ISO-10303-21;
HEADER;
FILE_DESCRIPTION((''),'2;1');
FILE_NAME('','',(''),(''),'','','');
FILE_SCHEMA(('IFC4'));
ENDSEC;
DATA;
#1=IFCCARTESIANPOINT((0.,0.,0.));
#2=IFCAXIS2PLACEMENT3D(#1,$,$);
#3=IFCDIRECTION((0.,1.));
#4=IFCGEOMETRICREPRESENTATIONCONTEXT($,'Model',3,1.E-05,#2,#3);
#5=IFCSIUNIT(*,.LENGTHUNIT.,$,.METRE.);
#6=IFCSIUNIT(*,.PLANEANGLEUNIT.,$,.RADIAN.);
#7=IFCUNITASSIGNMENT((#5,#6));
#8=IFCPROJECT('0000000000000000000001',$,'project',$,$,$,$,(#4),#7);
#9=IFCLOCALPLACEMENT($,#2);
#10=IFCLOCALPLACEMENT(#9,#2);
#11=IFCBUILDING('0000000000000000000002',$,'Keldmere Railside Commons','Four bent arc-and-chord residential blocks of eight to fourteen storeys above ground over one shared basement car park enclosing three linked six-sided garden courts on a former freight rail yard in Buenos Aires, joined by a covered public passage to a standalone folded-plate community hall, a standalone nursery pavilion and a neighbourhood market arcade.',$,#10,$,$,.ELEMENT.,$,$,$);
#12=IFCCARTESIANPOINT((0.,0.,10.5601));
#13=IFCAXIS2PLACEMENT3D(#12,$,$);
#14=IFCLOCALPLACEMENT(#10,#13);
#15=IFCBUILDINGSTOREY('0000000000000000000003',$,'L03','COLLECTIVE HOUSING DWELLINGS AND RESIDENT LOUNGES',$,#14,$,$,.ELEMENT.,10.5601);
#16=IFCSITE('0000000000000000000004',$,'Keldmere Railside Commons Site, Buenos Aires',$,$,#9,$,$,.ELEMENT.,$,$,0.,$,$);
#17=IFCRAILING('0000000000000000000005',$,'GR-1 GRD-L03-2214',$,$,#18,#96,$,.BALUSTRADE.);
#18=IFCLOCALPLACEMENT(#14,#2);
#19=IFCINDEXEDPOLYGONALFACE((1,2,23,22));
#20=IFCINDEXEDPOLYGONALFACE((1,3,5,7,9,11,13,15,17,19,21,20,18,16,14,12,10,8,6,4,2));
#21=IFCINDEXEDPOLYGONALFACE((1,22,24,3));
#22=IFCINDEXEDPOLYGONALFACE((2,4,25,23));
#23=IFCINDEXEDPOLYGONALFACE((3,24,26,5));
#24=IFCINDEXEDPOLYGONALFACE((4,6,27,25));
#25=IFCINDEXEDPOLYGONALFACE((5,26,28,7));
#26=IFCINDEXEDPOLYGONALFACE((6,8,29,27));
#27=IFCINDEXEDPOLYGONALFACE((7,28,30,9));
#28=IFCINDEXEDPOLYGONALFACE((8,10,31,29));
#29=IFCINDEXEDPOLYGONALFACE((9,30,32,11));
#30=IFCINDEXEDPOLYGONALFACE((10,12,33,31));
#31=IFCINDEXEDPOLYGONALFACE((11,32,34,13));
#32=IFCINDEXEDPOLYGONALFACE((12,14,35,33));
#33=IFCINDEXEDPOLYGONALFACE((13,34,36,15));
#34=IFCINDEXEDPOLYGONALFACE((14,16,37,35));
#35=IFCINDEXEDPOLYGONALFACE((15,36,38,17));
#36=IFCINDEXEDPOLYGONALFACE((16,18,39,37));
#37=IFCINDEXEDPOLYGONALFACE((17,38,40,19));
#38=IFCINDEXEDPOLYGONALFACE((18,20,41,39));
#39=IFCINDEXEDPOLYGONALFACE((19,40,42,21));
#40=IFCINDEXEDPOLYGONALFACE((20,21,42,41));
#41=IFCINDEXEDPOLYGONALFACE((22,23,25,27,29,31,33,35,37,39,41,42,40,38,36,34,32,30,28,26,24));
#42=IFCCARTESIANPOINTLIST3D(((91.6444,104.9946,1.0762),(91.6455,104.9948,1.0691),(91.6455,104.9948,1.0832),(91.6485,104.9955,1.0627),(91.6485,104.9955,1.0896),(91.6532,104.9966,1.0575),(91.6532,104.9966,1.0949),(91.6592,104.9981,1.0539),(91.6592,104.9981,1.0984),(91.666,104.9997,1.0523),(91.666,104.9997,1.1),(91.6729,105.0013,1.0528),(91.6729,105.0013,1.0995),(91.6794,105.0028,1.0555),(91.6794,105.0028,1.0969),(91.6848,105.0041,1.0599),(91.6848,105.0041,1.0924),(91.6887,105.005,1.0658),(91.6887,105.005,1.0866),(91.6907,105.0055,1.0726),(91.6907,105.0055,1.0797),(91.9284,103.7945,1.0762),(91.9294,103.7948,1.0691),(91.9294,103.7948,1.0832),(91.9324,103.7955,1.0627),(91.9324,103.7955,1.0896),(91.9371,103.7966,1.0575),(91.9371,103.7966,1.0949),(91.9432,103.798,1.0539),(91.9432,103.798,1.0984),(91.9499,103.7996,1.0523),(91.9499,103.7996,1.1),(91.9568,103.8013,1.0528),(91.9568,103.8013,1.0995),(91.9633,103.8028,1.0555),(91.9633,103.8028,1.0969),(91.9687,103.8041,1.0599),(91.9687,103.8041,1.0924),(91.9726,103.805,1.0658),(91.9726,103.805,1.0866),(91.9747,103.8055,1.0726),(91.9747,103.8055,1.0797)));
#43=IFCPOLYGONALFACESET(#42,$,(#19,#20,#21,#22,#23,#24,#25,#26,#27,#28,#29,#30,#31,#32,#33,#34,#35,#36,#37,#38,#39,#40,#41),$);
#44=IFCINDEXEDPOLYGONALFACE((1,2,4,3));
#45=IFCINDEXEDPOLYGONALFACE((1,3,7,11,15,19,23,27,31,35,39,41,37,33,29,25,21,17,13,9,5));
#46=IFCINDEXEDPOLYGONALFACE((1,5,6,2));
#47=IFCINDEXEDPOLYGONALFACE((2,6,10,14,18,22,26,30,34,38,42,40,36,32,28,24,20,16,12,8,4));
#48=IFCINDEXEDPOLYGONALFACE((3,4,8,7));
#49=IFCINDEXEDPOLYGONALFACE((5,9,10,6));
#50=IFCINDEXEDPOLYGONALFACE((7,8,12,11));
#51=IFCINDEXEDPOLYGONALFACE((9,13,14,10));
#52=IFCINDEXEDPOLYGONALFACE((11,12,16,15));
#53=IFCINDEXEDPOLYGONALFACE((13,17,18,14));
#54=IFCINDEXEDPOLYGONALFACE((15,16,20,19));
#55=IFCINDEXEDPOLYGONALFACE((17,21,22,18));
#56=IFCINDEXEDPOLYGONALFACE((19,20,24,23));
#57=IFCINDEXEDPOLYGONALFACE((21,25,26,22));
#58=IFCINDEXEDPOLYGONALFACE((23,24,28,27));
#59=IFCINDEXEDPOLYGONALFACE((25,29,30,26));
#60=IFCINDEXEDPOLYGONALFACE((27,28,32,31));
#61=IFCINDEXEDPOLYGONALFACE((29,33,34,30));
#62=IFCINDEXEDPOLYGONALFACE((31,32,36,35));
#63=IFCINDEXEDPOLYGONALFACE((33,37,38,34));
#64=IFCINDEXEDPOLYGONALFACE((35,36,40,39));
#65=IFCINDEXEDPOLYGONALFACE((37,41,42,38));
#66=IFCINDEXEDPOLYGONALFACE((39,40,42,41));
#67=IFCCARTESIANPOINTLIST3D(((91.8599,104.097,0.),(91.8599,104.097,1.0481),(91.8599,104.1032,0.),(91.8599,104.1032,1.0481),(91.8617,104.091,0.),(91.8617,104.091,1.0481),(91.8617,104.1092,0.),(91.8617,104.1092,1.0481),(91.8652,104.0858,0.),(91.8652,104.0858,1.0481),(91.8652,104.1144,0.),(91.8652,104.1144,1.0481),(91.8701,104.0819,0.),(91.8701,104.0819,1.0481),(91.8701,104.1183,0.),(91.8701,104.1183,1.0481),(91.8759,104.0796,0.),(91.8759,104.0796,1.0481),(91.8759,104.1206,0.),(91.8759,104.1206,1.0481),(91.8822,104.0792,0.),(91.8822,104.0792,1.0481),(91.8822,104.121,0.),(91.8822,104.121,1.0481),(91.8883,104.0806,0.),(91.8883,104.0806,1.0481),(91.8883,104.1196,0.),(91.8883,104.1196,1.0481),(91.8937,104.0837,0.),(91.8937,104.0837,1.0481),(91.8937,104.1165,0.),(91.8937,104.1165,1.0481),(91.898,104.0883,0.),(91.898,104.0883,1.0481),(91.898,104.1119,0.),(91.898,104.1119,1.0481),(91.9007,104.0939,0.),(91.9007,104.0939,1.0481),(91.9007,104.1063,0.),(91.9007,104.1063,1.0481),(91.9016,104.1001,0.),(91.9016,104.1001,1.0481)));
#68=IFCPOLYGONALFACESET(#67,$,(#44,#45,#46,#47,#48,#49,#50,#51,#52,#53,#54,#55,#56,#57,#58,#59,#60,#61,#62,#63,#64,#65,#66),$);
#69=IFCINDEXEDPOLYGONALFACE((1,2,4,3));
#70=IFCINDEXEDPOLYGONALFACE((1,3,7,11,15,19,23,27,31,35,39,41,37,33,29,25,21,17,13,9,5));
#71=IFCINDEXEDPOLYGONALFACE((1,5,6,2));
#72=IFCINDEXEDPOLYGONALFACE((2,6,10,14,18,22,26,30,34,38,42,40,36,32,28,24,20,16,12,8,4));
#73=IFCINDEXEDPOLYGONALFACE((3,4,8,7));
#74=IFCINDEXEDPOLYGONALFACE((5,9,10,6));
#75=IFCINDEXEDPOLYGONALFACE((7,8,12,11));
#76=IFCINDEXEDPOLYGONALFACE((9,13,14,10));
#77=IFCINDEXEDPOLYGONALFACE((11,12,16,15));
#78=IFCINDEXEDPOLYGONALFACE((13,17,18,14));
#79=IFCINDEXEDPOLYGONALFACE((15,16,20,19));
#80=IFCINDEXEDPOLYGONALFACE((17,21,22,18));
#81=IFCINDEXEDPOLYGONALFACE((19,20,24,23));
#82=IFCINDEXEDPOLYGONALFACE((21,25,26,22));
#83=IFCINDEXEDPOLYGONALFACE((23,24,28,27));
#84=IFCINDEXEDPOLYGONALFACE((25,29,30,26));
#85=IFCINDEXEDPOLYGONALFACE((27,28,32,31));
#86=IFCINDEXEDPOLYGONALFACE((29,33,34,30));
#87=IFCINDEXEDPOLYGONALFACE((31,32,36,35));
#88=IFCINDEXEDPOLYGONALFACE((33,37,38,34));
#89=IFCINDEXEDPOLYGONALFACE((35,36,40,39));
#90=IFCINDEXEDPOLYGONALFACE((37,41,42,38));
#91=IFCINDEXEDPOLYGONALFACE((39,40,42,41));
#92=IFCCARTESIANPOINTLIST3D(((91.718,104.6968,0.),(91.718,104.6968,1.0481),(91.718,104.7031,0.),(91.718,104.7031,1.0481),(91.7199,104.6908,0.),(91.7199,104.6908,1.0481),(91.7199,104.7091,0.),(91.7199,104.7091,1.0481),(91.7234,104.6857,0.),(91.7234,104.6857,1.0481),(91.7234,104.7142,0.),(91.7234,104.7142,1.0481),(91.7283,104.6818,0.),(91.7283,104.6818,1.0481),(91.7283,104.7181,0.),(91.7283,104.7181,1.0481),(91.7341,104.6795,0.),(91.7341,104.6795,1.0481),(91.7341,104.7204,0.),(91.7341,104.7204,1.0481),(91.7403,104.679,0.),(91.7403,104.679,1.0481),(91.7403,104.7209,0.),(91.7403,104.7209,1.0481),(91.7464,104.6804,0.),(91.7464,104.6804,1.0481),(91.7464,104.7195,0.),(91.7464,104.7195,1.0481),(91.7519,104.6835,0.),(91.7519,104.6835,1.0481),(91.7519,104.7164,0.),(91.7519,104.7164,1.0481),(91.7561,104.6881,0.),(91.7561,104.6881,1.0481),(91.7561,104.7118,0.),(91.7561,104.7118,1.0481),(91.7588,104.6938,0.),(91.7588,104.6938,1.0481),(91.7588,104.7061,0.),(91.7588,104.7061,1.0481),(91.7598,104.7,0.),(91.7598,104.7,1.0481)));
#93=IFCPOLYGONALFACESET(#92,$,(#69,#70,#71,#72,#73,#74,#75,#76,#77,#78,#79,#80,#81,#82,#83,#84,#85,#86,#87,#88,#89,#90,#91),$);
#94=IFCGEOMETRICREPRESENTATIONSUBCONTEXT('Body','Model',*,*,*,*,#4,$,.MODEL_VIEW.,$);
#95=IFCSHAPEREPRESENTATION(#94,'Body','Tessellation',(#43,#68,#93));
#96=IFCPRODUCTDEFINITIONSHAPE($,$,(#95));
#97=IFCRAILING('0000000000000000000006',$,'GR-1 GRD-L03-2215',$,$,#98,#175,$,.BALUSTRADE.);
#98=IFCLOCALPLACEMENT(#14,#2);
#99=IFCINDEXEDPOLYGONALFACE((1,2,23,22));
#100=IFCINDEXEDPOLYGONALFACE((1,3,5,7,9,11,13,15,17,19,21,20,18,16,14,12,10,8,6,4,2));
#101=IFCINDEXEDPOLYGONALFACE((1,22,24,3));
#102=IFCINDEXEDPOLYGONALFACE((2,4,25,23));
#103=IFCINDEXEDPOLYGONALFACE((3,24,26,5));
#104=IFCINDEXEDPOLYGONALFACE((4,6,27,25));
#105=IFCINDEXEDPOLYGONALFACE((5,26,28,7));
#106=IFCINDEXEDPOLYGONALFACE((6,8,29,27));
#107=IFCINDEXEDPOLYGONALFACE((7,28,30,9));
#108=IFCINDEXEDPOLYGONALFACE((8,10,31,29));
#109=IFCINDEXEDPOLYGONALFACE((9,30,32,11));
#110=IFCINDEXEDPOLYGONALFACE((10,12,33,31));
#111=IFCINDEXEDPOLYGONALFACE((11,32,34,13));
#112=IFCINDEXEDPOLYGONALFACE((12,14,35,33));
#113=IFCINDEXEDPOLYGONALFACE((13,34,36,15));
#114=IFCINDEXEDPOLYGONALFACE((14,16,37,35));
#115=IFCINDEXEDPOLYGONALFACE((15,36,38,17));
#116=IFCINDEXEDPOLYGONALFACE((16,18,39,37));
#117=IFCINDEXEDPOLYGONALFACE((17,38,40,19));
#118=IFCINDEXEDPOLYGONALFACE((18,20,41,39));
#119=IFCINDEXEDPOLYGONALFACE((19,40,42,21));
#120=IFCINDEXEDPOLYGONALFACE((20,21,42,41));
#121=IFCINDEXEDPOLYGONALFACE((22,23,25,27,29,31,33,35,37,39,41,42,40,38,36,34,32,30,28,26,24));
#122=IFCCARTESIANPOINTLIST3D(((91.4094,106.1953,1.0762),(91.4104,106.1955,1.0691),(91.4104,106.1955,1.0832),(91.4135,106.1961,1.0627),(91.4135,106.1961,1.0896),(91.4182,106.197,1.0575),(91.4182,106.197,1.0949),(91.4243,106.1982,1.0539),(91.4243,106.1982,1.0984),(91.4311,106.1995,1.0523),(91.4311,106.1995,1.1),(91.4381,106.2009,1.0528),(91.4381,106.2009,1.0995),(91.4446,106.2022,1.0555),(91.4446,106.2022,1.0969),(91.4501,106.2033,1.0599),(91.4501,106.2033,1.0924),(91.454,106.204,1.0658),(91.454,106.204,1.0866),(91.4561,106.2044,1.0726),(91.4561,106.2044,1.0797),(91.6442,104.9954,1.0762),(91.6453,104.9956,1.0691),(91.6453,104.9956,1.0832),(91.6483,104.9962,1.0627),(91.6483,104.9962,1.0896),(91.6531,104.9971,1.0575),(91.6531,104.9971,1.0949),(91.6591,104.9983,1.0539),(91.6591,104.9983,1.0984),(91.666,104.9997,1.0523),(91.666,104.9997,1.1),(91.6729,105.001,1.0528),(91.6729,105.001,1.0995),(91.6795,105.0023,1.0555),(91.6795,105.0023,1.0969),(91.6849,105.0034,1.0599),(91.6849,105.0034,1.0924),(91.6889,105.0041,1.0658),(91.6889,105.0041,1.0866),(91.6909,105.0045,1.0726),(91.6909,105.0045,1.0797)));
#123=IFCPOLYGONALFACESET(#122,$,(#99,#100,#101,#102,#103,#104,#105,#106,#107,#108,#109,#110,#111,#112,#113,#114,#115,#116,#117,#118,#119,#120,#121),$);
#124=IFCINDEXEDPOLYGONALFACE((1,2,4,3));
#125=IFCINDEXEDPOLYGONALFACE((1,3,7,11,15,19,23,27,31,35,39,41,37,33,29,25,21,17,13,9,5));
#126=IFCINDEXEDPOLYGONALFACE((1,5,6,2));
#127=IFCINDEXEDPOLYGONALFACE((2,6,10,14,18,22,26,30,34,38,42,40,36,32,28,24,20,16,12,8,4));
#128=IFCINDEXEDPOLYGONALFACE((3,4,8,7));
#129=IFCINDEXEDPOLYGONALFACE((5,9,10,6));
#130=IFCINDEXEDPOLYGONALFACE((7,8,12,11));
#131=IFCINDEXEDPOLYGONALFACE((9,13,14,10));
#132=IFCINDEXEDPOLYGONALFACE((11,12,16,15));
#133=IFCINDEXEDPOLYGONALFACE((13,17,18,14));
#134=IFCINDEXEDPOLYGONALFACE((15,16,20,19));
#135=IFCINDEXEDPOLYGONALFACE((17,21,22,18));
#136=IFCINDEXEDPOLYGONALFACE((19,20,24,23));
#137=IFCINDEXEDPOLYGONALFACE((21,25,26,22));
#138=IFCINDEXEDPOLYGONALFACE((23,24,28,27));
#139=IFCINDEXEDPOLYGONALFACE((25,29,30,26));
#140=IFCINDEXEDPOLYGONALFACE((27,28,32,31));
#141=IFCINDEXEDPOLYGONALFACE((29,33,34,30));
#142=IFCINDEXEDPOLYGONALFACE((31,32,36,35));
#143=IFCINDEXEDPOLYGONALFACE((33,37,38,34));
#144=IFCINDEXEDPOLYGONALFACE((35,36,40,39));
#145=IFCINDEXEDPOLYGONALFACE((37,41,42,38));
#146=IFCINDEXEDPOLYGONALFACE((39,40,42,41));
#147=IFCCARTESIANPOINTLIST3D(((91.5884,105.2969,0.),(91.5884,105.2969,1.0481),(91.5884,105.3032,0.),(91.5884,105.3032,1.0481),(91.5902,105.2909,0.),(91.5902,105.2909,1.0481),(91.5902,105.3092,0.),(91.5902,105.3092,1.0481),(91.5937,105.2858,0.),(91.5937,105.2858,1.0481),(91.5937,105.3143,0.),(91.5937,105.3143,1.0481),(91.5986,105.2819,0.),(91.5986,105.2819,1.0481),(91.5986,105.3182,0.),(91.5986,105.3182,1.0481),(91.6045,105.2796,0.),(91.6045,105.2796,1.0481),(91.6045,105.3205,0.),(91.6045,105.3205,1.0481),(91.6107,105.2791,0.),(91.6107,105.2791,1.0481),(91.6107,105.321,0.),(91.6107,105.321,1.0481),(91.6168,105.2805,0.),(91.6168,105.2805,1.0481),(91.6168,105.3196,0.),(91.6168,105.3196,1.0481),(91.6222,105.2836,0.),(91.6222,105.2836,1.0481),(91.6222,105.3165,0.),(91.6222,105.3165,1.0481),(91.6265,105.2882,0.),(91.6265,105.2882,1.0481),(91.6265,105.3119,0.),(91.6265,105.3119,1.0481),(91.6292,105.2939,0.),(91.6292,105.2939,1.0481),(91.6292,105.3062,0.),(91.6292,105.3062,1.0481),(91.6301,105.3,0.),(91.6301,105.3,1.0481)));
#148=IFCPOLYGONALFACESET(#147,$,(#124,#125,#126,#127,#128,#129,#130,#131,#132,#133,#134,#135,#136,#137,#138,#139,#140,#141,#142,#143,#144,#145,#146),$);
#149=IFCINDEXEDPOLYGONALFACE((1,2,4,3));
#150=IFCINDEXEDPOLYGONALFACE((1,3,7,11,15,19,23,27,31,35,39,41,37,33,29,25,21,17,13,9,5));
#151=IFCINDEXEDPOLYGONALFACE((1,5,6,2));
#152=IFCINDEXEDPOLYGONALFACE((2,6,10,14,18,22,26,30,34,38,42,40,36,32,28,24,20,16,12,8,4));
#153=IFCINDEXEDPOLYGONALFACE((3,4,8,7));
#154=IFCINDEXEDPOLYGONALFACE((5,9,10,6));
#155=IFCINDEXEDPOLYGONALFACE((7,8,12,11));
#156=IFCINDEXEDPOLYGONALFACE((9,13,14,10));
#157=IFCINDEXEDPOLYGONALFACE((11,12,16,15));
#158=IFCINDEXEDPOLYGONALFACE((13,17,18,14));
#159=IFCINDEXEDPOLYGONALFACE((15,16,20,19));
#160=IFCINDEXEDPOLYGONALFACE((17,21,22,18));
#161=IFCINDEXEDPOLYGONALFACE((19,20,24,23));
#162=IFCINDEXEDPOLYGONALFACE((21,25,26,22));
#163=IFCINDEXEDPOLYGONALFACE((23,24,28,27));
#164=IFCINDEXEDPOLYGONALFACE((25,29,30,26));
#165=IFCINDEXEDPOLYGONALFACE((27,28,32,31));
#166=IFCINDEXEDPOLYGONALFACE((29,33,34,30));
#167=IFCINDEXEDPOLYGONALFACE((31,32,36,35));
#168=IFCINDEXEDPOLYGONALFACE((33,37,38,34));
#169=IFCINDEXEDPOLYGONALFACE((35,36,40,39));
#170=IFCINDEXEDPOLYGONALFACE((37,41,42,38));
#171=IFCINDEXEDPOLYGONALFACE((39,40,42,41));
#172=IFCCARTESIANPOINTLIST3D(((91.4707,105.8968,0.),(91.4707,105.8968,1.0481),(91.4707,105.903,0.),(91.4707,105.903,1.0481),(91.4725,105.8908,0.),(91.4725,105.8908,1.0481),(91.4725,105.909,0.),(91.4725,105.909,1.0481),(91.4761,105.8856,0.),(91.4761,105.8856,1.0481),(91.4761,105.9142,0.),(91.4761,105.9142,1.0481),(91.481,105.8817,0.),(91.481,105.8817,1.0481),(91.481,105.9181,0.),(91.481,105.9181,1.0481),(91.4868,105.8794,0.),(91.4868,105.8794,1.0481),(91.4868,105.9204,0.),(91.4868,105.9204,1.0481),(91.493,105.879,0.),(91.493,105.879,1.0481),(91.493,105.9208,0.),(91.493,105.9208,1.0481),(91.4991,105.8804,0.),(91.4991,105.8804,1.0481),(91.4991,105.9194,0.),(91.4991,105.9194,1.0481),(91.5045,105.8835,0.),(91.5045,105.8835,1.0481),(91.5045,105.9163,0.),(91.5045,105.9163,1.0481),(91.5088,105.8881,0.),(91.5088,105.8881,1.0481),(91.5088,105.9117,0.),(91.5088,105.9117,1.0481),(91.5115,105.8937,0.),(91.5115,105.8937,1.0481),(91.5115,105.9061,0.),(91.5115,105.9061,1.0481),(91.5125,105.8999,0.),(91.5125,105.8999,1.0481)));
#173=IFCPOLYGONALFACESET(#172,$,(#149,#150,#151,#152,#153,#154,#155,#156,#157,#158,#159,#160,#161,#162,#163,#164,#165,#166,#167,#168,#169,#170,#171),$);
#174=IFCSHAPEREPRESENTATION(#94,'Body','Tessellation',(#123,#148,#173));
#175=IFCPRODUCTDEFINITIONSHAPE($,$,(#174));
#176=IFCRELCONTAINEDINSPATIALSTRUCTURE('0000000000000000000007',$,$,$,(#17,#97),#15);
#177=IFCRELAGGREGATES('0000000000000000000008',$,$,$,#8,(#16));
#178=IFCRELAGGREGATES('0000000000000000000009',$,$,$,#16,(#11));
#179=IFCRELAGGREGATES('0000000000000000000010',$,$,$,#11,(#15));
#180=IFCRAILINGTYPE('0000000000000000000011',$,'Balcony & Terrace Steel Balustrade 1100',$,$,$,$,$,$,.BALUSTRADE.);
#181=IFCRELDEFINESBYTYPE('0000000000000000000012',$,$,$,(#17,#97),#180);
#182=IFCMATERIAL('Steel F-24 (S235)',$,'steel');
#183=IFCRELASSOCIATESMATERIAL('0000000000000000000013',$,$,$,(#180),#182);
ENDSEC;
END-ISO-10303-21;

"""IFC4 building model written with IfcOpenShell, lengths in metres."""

from ifc_helpers import new_model, si_unit, direction, frame, origin, origin_2d, place, context, subcontext, project, spatial, circle, extrude, material, type_object, element, save


model = new_model("IFC4")

# Units and contexts
model_context = context("Model", 3, precision=1e-05, world=origin(), true_north=direction((0.0, 1.0)))
body_context = subcontext(model_context, "Body", "Model", "MODEL_VIEW")
ifc_project = project(units=[si_unit("LENGTHUNIT", "METRE"), si_unit("PLANEANGLEUNIT", "RADIAN")], contexts=[model_context])

# Site, building, storey
site_placement = place(None, origin())
site = spatial("IfcSite", under=ifc_project, at=site_placement, Name="Keldmere Railside Commons Site, Buenos Aires", CompositionType="ELEMENT", RefElevation=0.0)
building_placement = place(site_placement, origin())
building = spatial("IfcBuilding", under=site, at=building_placement, Name="Keldmere Railside Commons", Description="Four bent arc-and-chord residential blocks of eight to fourteen storeys above ground over one shared basement car park enclosing three linked six-sided garden courts on a former freight rail yard in Buenos Aires, joined by a covered public passage to a standalone folded-plate community hall, a standalone nursery pavilion and a neighbourhood market arcade.", CompositionType="ELEMENT")
storey_placement = place(building_placement, frame((0.0, 0.0, 10.5601)))
storey = spatial("IfcBuildingStorey", under=building, at=storey_placement, Name="L03", Description="COLLECTIVE HOUSING DWELLINGS AND RESIDENT LOUNGES", CompositionType="ELEMENT", Elevation=10.5601)

# Railings
ifc_material_1 = material(Name="Steel F-24 (S235)", Category="steel")
railing_type = type_object("IfcRailingType", Name="Balcony & Terrace Steel Balustrade 1100", PredefinedType="BALUSTRADE", material=ifc_material_1)
railing_1_placement = place(storey_placement, frame((91.9517, 103.8, 0.0)))
element("IfcRailing", 1, at=railing_1_placement, inside=storey, type_object=railing_type, Name="GR-1 GRD-L03-2214", PredefinedType="BALUSTRADE", context=body_context, shape_type="SweptSolid", body=[
    extrude(circle(Radius=0.0239, at=origin_2d()), frame((0.0, 0.0, 1.0762), z_axis=(-0.230264, 0.973128, 0.0), x_axis=(-0.973128, -0.230264, 0.0)), (0.0, 0.0, 1.0), 1.2332),
    extrude(circle(Radius=0.021, at=origin_2d()), frame((-0.071, 0.3, 0.0)), (0.0, 0.0, 1.0), 1.0481),
    extrude(circle(Radius=0.021, at=origin_2d()), frame((-0.2129, 0.8999, 0.0)), (0.0, 0.0, 1.0), 1.0481),
])
railing_2_placement = place(storey_placement, frame((91.6677, 105.0, 0.0)))
element("IfcRailing", 2, at=railing_2_placement, inside=storey, type_object=railing_type, Name="GR-1 GRD-L03-2215", PredefinedType="BALUSTRADE", context=body_context, shape_type="SweptSolid", body=[
    extrude(circle(Radius=0.0239, at=origin_2d()), frame((0.0, 0.0, 1.0762), z_axis=(-0.192083, 0.981379, 0.0), x_axis=(-0.981379, -0.192083, 0.0)), (0.0, 0.0, 1.0), 1.2227),
    extrude(circle(Radius=0.021, at=origin_2d()), frame((-0.0586, 0.3, 0.0)), (0.0, 0.0, 1.0), 1.0481),
    extrude(circle(Radius=0.021, at=origin_2d()), frame((-0.1763, 0.8999, 0.0)), (0.0, 0.0, 1.0), 1.0481),
])

save(model, "model.ifc")
